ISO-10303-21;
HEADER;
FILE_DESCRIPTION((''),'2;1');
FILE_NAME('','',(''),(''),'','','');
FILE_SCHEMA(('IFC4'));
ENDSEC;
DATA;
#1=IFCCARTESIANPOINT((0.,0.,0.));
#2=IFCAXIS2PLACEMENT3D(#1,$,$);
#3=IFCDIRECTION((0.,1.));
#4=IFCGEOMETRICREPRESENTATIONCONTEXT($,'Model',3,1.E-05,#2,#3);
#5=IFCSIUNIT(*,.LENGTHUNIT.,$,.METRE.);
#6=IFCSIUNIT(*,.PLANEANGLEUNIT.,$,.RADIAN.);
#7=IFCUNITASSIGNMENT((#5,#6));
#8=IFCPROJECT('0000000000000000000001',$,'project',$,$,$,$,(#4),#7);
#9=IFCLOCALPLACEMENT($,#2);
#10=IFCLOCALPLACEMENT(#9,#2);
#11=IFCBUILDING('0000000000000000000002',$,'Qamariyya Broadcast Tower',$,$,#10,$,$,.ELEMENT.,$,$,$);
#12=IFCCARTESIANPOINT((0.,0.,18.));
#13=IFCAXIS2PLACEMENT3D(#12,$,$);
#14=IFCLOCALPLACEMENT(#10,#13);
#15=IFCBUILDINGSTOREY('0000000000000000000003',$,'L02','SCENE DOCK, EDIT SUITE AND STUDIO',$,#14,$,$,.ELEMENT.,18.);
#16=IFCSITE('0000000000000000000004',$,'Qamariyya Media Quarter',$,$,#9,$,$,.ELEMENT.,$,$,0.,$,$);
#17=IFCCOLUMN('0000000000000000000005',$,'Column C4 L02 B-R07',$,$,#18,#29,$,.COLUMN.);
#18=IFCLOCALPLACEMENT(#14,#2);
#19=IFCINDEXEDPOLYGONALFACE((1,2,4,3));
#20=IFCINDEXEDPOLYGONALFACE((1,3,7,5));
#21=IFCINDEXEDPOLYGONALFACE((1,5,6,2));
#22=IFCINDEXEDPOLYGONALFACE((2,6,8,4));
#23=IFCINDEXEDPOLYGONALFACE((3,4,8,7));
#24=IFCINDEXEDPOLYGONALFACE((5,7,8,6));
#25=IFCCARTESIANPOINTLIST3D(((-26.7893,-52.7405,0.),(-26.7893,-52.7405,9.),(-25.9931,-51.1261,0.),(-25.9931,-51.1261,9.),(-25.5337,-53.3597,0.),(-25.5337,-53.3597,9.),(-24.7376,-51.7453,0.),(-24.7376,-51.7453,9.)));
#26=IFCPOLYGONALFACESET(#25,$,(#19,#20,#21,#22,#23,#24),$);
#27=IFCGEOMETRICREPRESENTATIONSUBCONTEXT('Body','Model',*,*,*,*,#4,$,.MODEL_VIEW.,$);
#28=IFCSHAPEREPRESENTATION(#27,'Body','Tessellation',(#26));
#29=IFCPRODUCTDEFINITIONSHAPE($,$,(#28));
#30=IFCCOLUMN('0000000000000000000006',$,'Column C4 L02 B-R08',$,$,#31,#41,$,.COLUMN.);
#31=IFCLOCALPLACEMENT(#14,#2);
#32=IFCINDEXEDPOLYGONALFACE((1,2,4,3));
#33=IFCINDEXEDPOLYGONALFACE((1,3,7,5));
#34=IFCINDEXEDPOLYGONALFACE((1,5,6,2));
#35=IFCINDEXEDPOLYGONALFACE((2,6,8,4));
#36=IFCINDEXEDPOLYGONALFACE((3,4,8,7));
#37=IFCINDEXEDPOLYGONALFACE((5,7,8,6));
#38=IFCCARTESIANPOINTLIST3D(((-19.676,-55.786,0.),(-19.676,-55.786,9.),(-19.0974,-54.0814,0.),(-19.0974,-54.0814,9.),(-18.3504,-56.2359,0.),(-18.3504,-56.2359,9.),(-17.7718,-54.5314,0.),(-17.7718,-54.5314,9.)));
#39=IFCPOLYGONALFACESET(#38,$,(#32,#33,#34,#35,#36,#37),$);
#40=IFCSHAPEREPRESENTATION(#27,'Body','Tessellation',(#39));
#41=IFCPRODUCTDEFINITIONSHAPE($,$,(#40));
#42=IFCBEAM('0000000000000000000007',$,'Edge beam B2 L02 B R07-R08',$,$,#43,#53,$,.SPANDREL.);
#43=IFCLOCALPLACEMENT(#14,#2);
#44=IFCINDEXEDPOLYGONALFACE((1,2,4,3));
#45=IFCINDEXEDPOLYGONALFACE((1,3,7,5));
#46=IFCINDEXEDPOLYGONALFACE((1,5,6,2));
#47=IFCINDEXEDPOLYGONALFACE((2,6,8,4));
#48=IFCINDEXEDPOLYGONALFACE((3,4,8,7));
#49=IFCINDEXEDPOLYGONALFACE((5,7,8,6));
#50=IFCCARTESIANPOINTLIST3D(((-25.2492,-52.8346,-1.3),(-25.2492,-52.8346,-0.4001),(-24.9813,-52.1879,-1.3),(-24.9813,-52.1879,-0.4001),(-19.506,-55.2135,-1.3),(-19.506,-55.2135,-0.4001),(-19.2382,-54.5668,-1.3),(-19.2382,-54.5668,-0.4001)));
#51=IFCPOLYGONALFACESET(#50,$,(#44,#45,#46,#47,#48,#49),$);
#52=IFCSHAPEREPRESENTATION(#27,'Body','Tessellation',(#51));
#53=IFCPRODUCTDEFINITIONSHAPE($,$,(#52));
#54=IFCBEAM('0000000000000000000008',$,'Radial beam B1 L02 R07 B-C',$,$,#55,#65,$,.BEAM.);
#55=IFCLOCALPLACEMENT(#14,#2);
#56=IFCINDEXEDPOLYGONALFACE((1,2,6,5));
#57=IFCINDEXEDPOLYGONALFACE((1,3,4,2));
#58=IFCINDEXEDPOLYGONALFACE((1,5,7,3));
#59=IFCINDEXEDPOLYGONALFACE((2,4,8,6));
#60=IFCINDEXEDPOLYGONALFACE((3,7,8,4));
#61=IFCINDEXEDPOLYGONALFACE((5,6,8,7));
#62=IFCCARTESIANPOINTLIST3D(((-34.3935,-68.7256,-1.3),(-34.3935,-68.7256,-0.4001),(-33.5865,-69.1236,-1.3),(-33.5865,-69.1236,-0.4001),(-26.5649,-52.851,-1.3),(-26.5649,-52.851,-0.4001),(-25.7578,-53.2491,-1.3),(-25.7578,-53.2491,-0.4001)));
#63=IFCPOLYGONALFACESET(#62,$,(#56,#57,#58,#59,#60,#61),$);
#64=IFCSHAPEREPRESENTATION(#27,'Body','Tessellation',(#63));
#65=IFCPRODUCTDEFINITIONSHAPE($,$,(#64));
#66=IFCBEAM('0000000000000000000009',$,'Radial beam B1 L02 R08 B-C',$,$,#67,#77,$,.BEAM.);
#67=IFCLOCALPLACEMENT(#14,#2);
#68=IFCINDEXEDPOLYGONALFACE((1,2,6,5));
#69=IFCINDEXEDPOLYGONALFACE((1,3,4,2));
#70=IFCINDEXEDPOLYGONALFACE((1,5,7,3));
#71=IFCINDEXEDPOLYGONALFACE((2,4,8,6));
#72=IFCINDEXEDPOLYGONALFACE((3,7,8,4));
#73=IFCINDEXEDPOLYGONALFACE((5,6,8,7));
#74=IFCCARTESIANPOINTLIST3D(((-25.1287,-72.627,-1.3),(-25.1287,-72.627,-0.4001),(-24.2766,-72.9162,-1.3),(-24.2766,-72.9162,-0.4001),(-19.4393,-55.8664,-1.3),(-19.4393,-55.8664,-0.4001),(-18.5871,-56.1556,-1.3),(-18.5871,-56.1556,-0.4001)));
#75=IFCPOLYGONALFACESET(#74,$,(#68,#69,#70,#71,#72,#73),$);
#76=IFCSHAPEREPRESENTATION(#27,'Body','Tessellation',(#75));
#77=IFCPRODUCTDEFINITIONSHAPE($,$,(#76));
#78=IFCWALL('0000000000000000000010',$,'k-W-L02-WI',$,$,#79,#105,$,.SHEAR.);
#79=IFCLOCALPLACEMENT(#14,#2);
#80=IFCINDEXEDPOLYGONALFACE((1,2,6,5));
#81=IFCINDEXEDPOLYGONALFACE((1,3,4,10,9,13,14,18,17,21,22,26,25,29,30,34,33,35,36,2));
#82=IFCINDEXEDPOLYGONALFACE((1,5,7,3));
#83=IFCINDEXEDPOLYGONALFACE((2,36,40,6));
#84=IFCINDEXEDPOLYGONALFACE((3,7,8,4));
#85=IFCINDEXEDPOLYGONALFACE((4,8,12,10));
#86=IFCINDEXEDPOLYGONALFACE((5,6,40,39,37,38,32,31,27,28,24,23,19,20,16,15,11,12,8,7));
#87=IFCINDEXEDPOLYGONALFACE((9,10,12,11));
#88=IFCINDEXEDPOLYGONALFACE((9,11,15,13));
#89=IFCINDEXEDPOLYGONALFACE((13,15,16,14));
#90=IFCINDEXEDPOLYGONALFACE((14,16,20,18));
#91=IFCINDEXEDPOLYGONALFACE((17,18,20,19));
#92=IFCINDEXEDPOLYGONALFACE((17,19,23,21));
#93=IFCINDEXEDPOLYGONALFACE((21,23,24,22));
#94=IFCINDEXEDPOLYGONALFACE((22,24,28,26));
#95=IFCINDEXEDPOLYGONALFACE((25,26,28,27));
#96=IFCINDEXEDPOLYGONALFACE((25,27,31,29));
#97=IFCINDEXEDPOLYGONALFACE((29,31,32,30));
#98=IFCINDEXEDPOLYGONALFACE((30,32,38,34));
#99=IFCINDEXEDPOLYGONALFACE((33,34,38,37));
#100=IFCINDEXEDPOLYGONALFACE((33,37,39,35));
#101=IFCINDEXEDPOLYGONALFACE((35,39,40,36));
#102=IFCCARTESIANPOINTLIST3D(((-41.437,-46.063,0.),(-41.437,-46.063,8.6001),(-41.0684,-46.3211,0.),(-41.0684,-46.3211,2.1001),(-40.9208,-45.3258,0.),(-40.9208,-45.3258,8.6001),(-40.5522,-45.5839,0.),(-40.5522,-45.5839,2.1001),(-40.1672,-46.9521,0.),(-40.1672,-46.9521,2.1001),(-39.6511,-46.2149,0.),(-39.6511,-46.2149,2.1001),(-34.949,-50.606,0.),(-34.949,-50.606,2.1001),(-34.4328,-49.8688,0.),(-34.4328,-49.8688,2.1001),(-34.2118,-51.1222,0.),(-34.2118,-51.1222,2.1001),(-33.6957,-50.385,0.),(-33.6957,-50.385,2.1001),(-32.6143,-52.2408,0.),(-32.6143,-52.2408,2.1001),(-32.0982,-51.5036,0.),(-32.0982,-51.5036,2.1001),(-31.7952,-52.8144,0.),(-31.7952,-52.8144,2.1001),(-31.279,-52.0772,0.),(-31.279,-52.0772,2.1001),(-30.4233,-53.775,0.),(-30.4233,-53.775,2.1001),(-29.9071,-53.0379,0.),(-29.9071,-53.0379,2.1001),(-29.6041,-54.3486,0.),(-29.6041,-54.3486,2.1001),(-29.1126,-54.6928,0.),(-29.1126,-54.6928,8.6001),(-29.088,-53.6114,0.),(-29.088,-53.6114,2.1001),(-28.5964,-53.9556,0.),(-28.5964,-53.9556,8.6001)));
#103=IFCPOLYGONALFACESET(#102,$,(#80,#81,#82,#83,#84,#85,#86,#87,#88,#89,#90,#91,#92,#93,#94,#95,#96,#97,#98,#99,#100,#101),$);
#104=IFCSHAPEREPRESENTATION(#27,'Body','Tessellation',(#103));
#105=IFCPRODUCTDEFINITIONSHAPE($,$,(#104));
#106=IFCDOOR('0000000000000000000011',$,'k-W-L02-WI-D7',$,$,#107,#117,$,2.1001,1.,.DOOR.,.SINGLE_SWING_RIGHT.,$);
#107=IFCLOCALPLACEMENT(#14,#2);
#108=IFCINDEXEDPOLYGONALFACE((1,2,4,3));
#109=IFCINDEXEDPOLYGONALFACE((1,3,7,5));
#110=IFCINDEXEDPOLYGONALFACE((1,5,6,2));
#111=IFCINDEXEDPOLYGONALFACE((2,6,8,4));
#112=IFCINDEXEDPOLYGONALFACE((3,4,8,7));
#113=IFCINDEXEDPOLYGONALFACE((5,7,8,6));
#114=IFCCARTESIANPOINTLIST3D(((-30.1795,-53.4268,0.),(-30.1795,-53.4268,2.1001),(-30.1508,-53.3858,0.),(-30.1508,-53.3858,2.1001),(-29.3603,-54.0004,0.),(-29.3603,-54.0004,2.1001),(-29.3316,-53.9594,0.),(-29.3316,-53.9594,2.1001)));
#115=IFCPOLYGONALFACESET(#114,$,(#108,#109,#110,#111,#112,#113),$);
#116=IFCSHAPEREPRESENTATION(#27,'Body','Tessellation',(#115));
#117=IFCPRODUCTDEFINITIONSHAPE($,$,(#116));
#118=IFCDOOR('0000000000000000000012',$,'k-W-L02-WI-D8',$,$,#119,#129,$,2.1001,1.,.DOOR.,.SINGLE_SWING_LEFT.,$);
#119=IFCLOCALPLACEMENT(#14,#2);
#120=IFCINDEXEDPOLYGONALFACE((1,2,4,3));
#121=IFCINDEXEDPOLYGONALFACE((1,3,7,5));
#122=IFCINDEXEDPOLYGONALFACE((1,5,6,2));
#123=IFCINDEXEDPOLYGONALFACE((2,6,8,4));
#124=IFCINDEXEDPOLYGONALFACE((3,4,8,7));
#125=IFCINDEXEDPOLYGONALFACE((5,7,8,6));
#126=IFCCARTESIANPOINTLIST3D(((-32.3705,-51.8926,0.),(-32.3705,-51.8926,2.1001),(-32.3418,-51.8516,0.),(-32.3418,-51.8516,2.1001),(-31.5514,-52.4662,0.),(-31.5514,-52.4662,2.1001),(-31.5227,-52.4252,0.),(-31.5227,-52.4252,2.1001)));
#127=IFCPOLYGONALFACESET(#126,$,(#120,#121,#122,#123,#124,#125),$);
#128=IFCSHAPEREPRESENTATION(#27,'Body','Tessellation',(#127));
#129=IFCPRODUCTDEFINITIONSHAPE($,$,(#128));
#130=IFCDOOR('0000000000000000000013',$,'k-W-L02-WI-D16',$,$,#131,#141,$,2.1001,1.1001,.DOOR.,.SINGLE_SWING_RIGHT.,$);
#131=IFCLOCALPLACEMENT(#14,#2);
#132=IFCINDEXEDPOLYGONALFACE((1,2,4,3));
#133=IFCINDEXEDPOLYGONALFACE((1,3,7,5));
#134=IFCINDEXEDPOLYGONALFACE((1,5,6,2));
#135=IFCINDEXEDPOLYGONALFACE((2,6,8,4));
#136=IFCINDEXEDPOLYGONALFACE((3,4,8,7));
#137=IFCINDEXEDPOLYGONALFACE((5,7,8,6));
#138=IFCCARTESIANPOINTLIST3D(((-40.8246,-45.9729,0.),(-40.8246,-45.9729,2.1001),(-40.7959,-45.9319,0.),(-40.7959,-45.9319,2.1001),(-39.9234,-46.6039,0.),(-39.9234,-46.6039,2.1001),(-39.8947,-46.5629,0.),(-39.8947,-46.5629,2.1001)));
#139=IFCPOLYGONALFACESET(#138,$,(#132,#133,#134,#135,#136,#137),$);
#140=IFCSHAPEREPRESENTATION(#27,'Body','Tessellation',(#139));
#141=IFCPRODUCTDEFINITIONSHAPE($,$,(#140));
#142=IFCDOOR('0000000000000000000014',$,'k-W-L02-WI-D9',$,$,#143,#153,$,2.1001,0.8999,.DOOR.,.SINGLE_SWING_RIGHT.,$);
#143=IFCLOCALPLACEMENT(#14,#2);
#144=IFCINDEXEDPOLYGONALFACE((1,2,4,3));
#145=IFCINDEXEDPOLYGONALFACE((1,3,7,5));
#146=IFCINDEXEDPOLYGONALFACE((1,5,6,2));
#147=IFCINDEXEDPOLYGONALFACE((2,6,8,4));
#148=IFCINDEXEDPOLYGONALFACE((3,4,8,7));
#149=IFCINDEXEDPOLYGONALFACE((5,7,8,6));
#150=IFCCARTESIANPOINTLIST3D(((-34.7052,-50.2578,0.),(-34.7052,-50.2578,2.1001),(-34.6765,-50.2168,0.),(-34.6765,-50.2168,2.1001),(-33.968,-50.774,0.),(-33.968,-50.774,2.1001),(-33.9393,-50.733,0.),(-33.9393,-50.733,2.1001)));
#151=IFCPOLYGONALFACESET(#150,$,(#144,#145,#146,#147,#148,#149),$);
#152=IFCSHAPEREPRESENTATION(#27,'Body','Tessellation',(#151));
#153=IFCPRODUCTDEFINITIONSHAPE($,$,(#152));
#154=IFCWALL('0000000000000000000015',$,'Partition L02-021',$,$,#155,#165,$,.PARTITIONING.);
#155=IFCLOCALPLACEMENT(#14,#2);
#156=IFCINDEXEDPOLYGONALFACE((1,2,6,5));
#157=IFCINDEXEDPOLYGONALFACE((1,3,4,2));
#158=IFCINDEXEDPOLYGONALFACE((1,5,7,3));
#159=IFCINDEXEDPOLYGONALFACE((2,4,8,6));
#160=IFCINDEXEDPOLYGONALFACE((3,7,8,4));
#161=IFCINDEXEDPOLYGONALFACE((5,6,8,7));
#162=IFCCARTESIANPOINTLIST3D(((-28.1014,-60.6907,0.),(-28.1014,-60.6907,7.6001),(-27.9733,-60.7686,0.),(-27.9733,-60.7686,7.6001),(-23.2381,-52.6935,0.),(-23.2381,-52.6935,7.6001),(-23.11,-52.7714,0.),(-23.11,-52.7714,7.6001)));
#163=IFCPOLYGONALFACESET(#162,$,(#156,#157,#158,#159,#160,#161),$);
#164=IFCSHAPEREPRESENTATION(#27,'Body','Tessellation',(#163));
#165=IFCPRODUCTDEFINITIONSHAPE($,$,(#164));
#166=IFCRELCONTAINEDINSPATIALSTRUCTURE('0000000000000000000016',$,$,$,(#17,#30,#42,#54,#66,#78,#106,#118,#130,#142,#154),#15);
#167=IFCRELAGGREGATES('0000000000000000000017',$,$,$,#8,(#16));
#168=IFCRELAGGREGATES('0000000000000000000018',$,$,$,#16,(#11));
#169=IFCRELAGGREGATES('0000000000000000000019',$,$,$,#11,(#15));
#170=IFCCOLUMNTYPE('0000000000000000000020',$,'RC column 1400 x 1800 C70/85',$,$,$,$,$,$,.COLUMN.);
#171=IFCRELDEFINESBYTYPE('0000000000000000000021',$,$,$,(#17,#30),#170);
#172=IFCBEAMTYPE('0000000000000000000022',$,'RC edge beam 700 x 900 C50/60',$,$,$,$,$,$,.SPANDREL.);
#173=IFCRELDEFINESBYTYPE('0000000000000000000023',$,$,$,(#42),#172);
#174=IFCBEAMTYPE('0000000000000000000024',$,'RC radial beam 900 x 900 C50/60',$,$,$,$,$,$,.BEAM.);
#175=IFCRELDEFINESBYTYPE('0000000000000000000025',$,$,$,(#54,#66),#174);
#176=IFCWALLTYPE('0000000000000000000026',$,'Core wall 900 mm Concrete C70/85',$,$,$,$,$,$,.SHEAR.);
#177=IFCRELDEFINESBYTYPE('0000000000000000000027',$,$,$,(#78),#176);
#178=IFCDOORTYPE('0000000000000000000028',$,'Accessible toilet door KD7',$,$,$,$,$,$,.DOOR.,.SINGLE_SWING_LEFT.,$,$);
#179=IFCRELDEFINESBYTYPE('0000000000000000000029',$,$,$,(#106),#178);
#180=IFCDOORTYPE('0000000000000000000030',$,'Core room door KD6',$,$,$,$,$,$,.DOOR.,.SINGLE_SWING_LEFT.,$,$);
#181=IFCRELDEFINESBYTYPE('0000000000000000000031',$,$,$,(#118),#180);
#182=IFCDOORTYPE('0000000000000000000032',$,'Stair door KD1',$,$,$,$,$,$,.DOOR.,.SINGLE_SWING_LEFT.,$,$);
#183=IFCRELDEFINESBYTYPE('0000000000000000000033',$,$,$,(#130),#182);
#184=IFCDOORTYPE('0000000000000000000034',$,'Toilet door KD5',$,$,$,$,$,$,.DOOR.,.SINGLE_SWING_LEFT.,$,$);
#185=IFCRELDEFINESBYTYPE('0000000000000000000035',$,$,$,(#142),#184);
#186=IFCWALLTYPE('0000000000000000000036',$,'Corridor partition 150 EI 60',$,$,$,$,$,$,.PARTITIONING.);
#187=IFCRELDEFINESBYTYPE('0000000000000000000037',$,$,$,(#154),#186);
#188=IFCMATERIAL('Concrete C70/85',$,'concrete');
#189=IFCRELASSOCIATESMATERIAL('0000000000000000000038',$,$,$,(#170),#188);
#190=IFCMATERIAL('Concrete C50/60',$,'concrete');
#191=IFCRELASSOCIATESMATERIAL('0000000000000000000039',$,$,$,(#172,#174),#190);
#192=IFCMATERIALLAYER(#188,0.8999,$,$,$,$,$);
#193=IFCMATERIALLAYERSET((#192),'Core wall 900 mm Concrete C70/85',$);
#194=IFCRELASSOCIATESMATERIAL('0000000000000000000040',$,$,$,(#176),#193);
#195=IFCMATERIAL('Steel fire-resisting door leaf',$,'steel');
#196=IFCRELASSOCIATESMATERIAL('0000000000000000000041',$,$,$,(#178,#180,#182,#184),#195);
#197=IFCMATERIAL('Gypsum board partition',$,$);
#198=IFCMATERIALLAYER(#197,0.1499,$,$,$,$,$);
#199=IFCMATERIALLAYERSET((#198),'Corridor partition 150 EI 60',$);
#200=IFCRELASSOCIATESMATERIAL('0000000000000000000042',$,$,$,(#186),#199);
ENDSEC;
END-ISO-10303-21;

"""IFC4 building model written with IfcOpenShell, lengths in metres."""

from ifc_helpers import new_model, si_unit, direction, frame, frame_2d, origin, origin_2d, place, context, subcontext, project, spatial, rectangle, extrude, material, layer, layer_set, material_profile, profile_set, type_object, element, fill, save


model = new_model("IFC4")

# Units and contexts
model_context = context("Model", 3, precision=1e-05, world=origin(), true_north=direction((0.0, 1.0)))
body_context = subcontext(model_context, "Body", "Model", "MODEL_VIEW")
ifc_project = project(units=[si_unit("LENGTHUNIT", "METRE"), si_unit("PLANEANGLEUNIT", "RADIAN")], contexts=[model_context])

# Site, building, storey
site_placement = place(None, origin())
site = spatial("IfcSite", under=ifc_project, at=site_placement, Name="Qamariyya Media Quarter", CompositionType="ELEMENT", RefElevation=0.0)
building_placement = place(site_placement, origin())
building = spatial("IfcBuilding", under=site, at=building_placement, Name="Qamariyya Broadcast Tower", CompositionType="ELEMENT")
storey_placement = place(building_placement, frame((0.0, 0.0, 18.0)))
storey = spatial("IfcBuildingStorey", under=building, at=storey_placement, Name="L02", Description="SCENE DOCK, EDIT SUITE AND STUDIO", CompositionType="ELEMENT", Elevation=18.0)

# Columns
ifc_material_1 = material(Name="Concrete C70/85", Category="concrete")
ifc_material_profile_1 = material_profile(ifc_material_1, rectangle(XDim=1.3999, YDim=1.8, at=origin_2d()))
ifc_profile_set_1 = profile_set([ifc_material_profile_1], Name="Concrete C70/85")
column_type = type_object("IfcColumnType", Name="RC column 1400 x 1800 C70/85", PredefinedType="COLUMN", material=ifc_profile_set_1)
for number, where, z_axis, x_axis, name in (
    (1, (-25.7634, -52.2429, 0.0), (0.0, 0.0, 1.0), (0.896873, -0.442289, 0.0), "Column C4 L02 B-R07"),
    (2, (-18.7239, -55.1587, 0.0), (0.0, 0.0, 1.0), (0.94693, -0.321439, 0.0), "Column C4 L02 B-R08"),
):
    element("IfcColumn", number, at=place(storey_placement, frame(where, z_axis=z_axis, x_axis=x_axis)), inside=storey, type_object=column_type, Name=name, PredefinedType="COLUMN", context=body_context, shape_type="SweptSolid", body=[
        extrude(rectangle(XDim=1.3999, YDim=1.8, at=origin_2d()), origin(), (0.0, 0.0, 1.0), 9.0),
    ])

# Beams
ifc_material_2 = material(Name="Concrete C50/60", Category="concrete")
ifc_material_profile_2 = material_profile(ifc_material_2, rectangle(XDim=0.7, YDim=0.8999, at=origin_2d()))
ifc_profile_set_2 = profile_set([ifc_material_profile_2], Name="Concrete C50/60")
beam_type_1 = type_object("IfcBeamType", Name="RC edge beam 700 x 900 C50/60", PredefinedType="SPANDREL", material=ifc_profile_set_2)
beam_placement = place(storey_placement, frame((-25.1152, -52.5112, -0.8501), z_axis=(0.923879, -0.382685, 0.0), x_axis=(0.382685, 0.923879, 0.0)))
element("IfcBeam", 3, at=beam_placement, inside=storey, type_object=beam_type_1, Name="Edge beam B2 L02 B R07-R08", PredefinedType="SPANDREL", context=body_context, shape_type="SweptSolid", body=[
    extrude(rectangle(XDim=0.7, YDim=0.8999, at=origin_2d()), origin(), (0.0, 0.0, 1.0), 6.2163),
])
ifc_material_profile_3 = material_profile(ifc_material_2, rectangle(XDim=0.8999, YDim=0.8999, at=origin_2d()))
ifc_profile_set_3 = profile_set([ifc_material_profile_3], Name="Concrete C50/60")
beam_type_2 = type_object("IfcBeamType", Name="RC radial beam 900 x 900 C50/60", PredefinedType="BEAM", material=ifc_profile_set_3)
for number, where, z_axis, x_axis, name in (
    (4, (-26.1614, -53.05, -0.8501), (-0.442296, -0.896869, 0.0), (0.896869, -0.442296, 0.0), "Radial beam B1 L02 R07 B-C"),
    (5, (-19.0132, -56.011, -0.8501), (-0.321441, -0.94693, 0.0), (0.94693, -0.321441, 0.0), "Radial beam B1 L02 R08 B-C"),
):
    element("IfcBeam", number, at=place(storey_placement, frame(where, z_axis=z_axis, x_axis=x_axis)), inside=storey, type_object=beam_type_2, Name=name, PredefinedType="BEAM", context=body_context, shape_type="SweptSolid", body=[
        extrude(rectangle(XDim=0.8999, YDim=0.8999, at=origin_2d()), origin(), (0.0, 0.0, 1.0), 17.7),
    ])

# Wall, openings, doors
ifc_layer_1 = layer(ifc_material_1, 0.8999)
ifc_layer_set_1 = layer_set([ifc_layer_1], Name="Core wall 900 mm Concrete C70/85")
wall_type_1 = type_object("IfcWallType", Name="Core wall 900 mm Concrete C70/85", PredefinedType="SHEAR", material=ifc_layer_set_1)
wall_1_placement = place(storey_placement, frame((-28.8545, -54.3242, 0.0), z_axis=(0.0, 0.0, 1.0), x_axis=(-0.819146, 0.573585, 0.0)))
wall_1 = element("IfcWall", 6, at=wall_1_placement, inside=storey, type_object=wall_type_1, Name="k-W-L02-WI", PredefinedType="SHEAR", context=body_context, shape_type="SweptSolid", body=[
    extrude(rectangle(XDim=15.0454, YDim=0.8999, at=frame_2d((7.5227, 0.0))), origin(), (0.0, 0.0, 1.0), 8.6001),
])
opening_1_placement = place(wall_1_placement, frame((0.6001, 0.0, 0.0)))
opening_1 = element("IfcOpeningElement", 7, at=opening_1_placement, cuts=wall_1, PredefinedType="OPENING", context=body_context, shape_type="SweptSolid", body=[
    extrude(rectangle(XDim=1.0, YDim=2.1001, at=frame_2d((0.5, 1.05))), frame((0.0, 0.46, 0.0), z_axis=(0.0, -1.0, 0.0), x_axis=(1.0, 0.0, 0.0)), (0.0, 0.0, 1.0), 0.9199),
])
opening_2_placement = place(wall_1_placement, frame((3.2749, 0.0, 0.0)))
opening_2 = element("IfcOpeningElement", 8, at=opening_2_placement, cuts=wall_1, PredefinedType="OPENING", context=body_context, shape_type="SweptSolid", body=[
    extrude(rectangle(XDim=1.0, YDim=2.1001, at=frame_2d((0.5, 1.05))), frame((0.0, 0.46, 0.0), z_axis=(0.0, -1.0, 0.0), x_axis=(1.0, 0.0, 0.0)), (0.0, 0.0, 1.0), 0.9199),
])
opening_3_placement = place(wall_1_placement, frame((6.2251, 0.0, 0.0)))
opening_3 = element("IfcOpeningElement", 9, at=opening_3_placement, cuts=wall_1, PredefinedType="OPENING", context=body_context, shape_type="SweptSolid", body=[
    extrude(rectangle(XDim=0.8999, YDim=2.1001, at=frame_2d((0.45, 1.05))), frame((0.0, 0.46, 0.0), z_axis=(0.0, -1.0, 0.0), x_axis=(1.0, 0.0, 0.0)), (0.0, 0.0, 1.0), 0.9199),
])
opening_4_placement = place(wall_1_placement, frame((13.4954, 0.0, 0.0)))
opening_4 = element("IfcOpeningElement", 10, at=opening_4_placement, cuts=wall_1, PredefinedType="OPENING", context=body_context, shape_type="SweptSolid", body=[
    extrude(rectangle(XDim=1.1001, YDim=2.1001, at=frame_2d((0.55, 1.05))), frame((0.0, 0.46, 0.0), z_axis=(0.0, -1.0, 0.0), x_axis=(1.0, 0.0, 0.0)), (0.0, 0.0, 1.0), 0.9199),
])
ifc_material_3 = material(Name="Steel fire-resisting door leaf", Category="steel")
door_type_1 = type_object("IfcDoorType", Name="Accessible toilet door KD7", OperationType="SINGLE_SWING_LEFT", PredefinedType="DOOR", material=ifc_material_3)
door_1_placement = place(opening_1_placement, origin())
door_1 = element("IfcDoor", 11, at=door_1_placement, inside=storey, type_object=door_type_1, Name="k-W-L02-WI-D7", OperationType="SINGLE_SWING_RIGHT", OverallHeight=2.1001, OverallWidth=1.0, PredefinedType="DOOR", context=body_context, shape_type="SweptSolid", body=[
    extrude(rectangle(XDim=1.0, YDim=2.1001, at=frame_2d((0.5, 1.05))), frame((0.0, 0.0249, 0.0), z_axis=(0.0, -1.0, 0.0), x_axis=(1.0, 0.0, 0.0)), (0.0, 0.0, 1.0), 0.05),
])
fill(opening_1, door_1)
door_type_2 = type_object("IfcDoorType", Name="Core room door KD6", OperationType="SINGLE_SWING_LEFT", PredefinedType="DOOR", material=ifc_material_3)
door_2_placement = place(opening_2_placement, origin())
door_2 = element("IfcDoor", 12, at=door_2_placement, inside=storey, type_object=door_type_2, Name="k-W-L02-WI-D8", OperationType="SINGLE_SWING_LEFT", OverallHeight=2.1001, OverallWidth=1.0, PredefinedType="DOOR", context=body_context, shape_type="SweptSolid", body=[
    extrude(rectangle(XDim=1.0, YDim=2.1001, at=frame_2d((0.5, 1.05))), frame((0.0, 0.0249, 0.0), z_axis=(0.0, -1.0, 0.0), x_axis=(1.0, 0.0, 0.0)), (0.0, 0.0, 1.0), 0.05),
])
fill(opening_2, door_2)
door_type_3 = type_object("IfcDoorType", Name="Stair door KD1", OperationType="SINGLE_SWING_LEFT", PredefinedType="DOOR", material=ifc_material_3)
door_3_placement = place(opening_4_placement, origin())
door_3 = element("IfcDoor", 13, at=door_3_placement, inside=storey, type_object=door_type_3, Name="k-W-L02-WI-D16", OperationType="SINGLE_SWING_RIGHT", OverallHeight=2.1001, OverallWidth=1.1001, PredefinedType="DOOR", context=body_context, shape_type="SweptSolid", body=[
    extrude(rectangle(XDim=1.1001, YDim=2.1001, at=frame_2d((0.55, 1.05))), frame((0.0, 0.0249, 0.0), z_axis=(0.0, -1.0, 0.0), x_axis=(1.0, 0.0, 0.0)), (0.0, 0.0, 1.0), 0.05),
])
fill(opening_4, door_3)
door_type_4 = type_object("IfcDoorType", Name="Toilet door KD5", OperationType="SINGLE_SWING_LEFT", PredefinedType="DOOR", material=ifc_material_3)
door_4_placement = place(opening_3_placement, origin())
door_4 = element("IfcDoor", 14, at=door_4_placement, inside=storey, type_object=door_type_4, Name="k-W-L02-WI-D9", OperationType="SINGLE_SWING_RIGHT", OverallHeight=2.1001, OverallWidth=0.8999, PredefinedType="DOOR", context=body_context, shape_type="SweptSolid", body=[
    extrude(rectangle(XDim=0.8999, YDim=2.1001, at=frame_2d((0.45, 1.05))), frame((0.0, 0.0249, 0.0), z_axis=(0.0, -1.0, 0.0), x_axis=(1.0, 0.0, 0.0)), (0.0, 0.0, 1.0), 0.05),
])
fill(opening_3, door_4)

# Wall
ifc_material_4 = material(Name="Gypsum board partition")
ifc_layer_2 = layer(ifc_material_4, 0.1499)
ifc_layer_set_2 = layer_set([ifc_layer_2], Name="Corridor partition 150 EI 60")
wall_type_2 = type_object("IfcWallType", Name="Corridor partition 150 EI 60", PredefinedType="PARTITIONING", material=ifc_layer_set_2)
wall_2_placement = place(storey_placement, frame((-23.1741, -52.7324, 0.0), z_axis=(0.0, 0.0, 1.0), x_axis=(-0.519584, -0.854419, 0.0)))
element("IfcWall", 15, at=wall_2_placement, inside=storey, type_object=wall_type_2, Name="Partition L02-021", PredefinedType="PARTITIONING", context=body_context, shape_type="SweptSolid", body=[
    extrude(rectangle(XDim=9.3599, YDim=0.1499, at=frame_2d((4.6799, 0.0))), origin(), (0.0, 0.0, 1.0), 7.6001),
])

save(model, "model.ifc")
